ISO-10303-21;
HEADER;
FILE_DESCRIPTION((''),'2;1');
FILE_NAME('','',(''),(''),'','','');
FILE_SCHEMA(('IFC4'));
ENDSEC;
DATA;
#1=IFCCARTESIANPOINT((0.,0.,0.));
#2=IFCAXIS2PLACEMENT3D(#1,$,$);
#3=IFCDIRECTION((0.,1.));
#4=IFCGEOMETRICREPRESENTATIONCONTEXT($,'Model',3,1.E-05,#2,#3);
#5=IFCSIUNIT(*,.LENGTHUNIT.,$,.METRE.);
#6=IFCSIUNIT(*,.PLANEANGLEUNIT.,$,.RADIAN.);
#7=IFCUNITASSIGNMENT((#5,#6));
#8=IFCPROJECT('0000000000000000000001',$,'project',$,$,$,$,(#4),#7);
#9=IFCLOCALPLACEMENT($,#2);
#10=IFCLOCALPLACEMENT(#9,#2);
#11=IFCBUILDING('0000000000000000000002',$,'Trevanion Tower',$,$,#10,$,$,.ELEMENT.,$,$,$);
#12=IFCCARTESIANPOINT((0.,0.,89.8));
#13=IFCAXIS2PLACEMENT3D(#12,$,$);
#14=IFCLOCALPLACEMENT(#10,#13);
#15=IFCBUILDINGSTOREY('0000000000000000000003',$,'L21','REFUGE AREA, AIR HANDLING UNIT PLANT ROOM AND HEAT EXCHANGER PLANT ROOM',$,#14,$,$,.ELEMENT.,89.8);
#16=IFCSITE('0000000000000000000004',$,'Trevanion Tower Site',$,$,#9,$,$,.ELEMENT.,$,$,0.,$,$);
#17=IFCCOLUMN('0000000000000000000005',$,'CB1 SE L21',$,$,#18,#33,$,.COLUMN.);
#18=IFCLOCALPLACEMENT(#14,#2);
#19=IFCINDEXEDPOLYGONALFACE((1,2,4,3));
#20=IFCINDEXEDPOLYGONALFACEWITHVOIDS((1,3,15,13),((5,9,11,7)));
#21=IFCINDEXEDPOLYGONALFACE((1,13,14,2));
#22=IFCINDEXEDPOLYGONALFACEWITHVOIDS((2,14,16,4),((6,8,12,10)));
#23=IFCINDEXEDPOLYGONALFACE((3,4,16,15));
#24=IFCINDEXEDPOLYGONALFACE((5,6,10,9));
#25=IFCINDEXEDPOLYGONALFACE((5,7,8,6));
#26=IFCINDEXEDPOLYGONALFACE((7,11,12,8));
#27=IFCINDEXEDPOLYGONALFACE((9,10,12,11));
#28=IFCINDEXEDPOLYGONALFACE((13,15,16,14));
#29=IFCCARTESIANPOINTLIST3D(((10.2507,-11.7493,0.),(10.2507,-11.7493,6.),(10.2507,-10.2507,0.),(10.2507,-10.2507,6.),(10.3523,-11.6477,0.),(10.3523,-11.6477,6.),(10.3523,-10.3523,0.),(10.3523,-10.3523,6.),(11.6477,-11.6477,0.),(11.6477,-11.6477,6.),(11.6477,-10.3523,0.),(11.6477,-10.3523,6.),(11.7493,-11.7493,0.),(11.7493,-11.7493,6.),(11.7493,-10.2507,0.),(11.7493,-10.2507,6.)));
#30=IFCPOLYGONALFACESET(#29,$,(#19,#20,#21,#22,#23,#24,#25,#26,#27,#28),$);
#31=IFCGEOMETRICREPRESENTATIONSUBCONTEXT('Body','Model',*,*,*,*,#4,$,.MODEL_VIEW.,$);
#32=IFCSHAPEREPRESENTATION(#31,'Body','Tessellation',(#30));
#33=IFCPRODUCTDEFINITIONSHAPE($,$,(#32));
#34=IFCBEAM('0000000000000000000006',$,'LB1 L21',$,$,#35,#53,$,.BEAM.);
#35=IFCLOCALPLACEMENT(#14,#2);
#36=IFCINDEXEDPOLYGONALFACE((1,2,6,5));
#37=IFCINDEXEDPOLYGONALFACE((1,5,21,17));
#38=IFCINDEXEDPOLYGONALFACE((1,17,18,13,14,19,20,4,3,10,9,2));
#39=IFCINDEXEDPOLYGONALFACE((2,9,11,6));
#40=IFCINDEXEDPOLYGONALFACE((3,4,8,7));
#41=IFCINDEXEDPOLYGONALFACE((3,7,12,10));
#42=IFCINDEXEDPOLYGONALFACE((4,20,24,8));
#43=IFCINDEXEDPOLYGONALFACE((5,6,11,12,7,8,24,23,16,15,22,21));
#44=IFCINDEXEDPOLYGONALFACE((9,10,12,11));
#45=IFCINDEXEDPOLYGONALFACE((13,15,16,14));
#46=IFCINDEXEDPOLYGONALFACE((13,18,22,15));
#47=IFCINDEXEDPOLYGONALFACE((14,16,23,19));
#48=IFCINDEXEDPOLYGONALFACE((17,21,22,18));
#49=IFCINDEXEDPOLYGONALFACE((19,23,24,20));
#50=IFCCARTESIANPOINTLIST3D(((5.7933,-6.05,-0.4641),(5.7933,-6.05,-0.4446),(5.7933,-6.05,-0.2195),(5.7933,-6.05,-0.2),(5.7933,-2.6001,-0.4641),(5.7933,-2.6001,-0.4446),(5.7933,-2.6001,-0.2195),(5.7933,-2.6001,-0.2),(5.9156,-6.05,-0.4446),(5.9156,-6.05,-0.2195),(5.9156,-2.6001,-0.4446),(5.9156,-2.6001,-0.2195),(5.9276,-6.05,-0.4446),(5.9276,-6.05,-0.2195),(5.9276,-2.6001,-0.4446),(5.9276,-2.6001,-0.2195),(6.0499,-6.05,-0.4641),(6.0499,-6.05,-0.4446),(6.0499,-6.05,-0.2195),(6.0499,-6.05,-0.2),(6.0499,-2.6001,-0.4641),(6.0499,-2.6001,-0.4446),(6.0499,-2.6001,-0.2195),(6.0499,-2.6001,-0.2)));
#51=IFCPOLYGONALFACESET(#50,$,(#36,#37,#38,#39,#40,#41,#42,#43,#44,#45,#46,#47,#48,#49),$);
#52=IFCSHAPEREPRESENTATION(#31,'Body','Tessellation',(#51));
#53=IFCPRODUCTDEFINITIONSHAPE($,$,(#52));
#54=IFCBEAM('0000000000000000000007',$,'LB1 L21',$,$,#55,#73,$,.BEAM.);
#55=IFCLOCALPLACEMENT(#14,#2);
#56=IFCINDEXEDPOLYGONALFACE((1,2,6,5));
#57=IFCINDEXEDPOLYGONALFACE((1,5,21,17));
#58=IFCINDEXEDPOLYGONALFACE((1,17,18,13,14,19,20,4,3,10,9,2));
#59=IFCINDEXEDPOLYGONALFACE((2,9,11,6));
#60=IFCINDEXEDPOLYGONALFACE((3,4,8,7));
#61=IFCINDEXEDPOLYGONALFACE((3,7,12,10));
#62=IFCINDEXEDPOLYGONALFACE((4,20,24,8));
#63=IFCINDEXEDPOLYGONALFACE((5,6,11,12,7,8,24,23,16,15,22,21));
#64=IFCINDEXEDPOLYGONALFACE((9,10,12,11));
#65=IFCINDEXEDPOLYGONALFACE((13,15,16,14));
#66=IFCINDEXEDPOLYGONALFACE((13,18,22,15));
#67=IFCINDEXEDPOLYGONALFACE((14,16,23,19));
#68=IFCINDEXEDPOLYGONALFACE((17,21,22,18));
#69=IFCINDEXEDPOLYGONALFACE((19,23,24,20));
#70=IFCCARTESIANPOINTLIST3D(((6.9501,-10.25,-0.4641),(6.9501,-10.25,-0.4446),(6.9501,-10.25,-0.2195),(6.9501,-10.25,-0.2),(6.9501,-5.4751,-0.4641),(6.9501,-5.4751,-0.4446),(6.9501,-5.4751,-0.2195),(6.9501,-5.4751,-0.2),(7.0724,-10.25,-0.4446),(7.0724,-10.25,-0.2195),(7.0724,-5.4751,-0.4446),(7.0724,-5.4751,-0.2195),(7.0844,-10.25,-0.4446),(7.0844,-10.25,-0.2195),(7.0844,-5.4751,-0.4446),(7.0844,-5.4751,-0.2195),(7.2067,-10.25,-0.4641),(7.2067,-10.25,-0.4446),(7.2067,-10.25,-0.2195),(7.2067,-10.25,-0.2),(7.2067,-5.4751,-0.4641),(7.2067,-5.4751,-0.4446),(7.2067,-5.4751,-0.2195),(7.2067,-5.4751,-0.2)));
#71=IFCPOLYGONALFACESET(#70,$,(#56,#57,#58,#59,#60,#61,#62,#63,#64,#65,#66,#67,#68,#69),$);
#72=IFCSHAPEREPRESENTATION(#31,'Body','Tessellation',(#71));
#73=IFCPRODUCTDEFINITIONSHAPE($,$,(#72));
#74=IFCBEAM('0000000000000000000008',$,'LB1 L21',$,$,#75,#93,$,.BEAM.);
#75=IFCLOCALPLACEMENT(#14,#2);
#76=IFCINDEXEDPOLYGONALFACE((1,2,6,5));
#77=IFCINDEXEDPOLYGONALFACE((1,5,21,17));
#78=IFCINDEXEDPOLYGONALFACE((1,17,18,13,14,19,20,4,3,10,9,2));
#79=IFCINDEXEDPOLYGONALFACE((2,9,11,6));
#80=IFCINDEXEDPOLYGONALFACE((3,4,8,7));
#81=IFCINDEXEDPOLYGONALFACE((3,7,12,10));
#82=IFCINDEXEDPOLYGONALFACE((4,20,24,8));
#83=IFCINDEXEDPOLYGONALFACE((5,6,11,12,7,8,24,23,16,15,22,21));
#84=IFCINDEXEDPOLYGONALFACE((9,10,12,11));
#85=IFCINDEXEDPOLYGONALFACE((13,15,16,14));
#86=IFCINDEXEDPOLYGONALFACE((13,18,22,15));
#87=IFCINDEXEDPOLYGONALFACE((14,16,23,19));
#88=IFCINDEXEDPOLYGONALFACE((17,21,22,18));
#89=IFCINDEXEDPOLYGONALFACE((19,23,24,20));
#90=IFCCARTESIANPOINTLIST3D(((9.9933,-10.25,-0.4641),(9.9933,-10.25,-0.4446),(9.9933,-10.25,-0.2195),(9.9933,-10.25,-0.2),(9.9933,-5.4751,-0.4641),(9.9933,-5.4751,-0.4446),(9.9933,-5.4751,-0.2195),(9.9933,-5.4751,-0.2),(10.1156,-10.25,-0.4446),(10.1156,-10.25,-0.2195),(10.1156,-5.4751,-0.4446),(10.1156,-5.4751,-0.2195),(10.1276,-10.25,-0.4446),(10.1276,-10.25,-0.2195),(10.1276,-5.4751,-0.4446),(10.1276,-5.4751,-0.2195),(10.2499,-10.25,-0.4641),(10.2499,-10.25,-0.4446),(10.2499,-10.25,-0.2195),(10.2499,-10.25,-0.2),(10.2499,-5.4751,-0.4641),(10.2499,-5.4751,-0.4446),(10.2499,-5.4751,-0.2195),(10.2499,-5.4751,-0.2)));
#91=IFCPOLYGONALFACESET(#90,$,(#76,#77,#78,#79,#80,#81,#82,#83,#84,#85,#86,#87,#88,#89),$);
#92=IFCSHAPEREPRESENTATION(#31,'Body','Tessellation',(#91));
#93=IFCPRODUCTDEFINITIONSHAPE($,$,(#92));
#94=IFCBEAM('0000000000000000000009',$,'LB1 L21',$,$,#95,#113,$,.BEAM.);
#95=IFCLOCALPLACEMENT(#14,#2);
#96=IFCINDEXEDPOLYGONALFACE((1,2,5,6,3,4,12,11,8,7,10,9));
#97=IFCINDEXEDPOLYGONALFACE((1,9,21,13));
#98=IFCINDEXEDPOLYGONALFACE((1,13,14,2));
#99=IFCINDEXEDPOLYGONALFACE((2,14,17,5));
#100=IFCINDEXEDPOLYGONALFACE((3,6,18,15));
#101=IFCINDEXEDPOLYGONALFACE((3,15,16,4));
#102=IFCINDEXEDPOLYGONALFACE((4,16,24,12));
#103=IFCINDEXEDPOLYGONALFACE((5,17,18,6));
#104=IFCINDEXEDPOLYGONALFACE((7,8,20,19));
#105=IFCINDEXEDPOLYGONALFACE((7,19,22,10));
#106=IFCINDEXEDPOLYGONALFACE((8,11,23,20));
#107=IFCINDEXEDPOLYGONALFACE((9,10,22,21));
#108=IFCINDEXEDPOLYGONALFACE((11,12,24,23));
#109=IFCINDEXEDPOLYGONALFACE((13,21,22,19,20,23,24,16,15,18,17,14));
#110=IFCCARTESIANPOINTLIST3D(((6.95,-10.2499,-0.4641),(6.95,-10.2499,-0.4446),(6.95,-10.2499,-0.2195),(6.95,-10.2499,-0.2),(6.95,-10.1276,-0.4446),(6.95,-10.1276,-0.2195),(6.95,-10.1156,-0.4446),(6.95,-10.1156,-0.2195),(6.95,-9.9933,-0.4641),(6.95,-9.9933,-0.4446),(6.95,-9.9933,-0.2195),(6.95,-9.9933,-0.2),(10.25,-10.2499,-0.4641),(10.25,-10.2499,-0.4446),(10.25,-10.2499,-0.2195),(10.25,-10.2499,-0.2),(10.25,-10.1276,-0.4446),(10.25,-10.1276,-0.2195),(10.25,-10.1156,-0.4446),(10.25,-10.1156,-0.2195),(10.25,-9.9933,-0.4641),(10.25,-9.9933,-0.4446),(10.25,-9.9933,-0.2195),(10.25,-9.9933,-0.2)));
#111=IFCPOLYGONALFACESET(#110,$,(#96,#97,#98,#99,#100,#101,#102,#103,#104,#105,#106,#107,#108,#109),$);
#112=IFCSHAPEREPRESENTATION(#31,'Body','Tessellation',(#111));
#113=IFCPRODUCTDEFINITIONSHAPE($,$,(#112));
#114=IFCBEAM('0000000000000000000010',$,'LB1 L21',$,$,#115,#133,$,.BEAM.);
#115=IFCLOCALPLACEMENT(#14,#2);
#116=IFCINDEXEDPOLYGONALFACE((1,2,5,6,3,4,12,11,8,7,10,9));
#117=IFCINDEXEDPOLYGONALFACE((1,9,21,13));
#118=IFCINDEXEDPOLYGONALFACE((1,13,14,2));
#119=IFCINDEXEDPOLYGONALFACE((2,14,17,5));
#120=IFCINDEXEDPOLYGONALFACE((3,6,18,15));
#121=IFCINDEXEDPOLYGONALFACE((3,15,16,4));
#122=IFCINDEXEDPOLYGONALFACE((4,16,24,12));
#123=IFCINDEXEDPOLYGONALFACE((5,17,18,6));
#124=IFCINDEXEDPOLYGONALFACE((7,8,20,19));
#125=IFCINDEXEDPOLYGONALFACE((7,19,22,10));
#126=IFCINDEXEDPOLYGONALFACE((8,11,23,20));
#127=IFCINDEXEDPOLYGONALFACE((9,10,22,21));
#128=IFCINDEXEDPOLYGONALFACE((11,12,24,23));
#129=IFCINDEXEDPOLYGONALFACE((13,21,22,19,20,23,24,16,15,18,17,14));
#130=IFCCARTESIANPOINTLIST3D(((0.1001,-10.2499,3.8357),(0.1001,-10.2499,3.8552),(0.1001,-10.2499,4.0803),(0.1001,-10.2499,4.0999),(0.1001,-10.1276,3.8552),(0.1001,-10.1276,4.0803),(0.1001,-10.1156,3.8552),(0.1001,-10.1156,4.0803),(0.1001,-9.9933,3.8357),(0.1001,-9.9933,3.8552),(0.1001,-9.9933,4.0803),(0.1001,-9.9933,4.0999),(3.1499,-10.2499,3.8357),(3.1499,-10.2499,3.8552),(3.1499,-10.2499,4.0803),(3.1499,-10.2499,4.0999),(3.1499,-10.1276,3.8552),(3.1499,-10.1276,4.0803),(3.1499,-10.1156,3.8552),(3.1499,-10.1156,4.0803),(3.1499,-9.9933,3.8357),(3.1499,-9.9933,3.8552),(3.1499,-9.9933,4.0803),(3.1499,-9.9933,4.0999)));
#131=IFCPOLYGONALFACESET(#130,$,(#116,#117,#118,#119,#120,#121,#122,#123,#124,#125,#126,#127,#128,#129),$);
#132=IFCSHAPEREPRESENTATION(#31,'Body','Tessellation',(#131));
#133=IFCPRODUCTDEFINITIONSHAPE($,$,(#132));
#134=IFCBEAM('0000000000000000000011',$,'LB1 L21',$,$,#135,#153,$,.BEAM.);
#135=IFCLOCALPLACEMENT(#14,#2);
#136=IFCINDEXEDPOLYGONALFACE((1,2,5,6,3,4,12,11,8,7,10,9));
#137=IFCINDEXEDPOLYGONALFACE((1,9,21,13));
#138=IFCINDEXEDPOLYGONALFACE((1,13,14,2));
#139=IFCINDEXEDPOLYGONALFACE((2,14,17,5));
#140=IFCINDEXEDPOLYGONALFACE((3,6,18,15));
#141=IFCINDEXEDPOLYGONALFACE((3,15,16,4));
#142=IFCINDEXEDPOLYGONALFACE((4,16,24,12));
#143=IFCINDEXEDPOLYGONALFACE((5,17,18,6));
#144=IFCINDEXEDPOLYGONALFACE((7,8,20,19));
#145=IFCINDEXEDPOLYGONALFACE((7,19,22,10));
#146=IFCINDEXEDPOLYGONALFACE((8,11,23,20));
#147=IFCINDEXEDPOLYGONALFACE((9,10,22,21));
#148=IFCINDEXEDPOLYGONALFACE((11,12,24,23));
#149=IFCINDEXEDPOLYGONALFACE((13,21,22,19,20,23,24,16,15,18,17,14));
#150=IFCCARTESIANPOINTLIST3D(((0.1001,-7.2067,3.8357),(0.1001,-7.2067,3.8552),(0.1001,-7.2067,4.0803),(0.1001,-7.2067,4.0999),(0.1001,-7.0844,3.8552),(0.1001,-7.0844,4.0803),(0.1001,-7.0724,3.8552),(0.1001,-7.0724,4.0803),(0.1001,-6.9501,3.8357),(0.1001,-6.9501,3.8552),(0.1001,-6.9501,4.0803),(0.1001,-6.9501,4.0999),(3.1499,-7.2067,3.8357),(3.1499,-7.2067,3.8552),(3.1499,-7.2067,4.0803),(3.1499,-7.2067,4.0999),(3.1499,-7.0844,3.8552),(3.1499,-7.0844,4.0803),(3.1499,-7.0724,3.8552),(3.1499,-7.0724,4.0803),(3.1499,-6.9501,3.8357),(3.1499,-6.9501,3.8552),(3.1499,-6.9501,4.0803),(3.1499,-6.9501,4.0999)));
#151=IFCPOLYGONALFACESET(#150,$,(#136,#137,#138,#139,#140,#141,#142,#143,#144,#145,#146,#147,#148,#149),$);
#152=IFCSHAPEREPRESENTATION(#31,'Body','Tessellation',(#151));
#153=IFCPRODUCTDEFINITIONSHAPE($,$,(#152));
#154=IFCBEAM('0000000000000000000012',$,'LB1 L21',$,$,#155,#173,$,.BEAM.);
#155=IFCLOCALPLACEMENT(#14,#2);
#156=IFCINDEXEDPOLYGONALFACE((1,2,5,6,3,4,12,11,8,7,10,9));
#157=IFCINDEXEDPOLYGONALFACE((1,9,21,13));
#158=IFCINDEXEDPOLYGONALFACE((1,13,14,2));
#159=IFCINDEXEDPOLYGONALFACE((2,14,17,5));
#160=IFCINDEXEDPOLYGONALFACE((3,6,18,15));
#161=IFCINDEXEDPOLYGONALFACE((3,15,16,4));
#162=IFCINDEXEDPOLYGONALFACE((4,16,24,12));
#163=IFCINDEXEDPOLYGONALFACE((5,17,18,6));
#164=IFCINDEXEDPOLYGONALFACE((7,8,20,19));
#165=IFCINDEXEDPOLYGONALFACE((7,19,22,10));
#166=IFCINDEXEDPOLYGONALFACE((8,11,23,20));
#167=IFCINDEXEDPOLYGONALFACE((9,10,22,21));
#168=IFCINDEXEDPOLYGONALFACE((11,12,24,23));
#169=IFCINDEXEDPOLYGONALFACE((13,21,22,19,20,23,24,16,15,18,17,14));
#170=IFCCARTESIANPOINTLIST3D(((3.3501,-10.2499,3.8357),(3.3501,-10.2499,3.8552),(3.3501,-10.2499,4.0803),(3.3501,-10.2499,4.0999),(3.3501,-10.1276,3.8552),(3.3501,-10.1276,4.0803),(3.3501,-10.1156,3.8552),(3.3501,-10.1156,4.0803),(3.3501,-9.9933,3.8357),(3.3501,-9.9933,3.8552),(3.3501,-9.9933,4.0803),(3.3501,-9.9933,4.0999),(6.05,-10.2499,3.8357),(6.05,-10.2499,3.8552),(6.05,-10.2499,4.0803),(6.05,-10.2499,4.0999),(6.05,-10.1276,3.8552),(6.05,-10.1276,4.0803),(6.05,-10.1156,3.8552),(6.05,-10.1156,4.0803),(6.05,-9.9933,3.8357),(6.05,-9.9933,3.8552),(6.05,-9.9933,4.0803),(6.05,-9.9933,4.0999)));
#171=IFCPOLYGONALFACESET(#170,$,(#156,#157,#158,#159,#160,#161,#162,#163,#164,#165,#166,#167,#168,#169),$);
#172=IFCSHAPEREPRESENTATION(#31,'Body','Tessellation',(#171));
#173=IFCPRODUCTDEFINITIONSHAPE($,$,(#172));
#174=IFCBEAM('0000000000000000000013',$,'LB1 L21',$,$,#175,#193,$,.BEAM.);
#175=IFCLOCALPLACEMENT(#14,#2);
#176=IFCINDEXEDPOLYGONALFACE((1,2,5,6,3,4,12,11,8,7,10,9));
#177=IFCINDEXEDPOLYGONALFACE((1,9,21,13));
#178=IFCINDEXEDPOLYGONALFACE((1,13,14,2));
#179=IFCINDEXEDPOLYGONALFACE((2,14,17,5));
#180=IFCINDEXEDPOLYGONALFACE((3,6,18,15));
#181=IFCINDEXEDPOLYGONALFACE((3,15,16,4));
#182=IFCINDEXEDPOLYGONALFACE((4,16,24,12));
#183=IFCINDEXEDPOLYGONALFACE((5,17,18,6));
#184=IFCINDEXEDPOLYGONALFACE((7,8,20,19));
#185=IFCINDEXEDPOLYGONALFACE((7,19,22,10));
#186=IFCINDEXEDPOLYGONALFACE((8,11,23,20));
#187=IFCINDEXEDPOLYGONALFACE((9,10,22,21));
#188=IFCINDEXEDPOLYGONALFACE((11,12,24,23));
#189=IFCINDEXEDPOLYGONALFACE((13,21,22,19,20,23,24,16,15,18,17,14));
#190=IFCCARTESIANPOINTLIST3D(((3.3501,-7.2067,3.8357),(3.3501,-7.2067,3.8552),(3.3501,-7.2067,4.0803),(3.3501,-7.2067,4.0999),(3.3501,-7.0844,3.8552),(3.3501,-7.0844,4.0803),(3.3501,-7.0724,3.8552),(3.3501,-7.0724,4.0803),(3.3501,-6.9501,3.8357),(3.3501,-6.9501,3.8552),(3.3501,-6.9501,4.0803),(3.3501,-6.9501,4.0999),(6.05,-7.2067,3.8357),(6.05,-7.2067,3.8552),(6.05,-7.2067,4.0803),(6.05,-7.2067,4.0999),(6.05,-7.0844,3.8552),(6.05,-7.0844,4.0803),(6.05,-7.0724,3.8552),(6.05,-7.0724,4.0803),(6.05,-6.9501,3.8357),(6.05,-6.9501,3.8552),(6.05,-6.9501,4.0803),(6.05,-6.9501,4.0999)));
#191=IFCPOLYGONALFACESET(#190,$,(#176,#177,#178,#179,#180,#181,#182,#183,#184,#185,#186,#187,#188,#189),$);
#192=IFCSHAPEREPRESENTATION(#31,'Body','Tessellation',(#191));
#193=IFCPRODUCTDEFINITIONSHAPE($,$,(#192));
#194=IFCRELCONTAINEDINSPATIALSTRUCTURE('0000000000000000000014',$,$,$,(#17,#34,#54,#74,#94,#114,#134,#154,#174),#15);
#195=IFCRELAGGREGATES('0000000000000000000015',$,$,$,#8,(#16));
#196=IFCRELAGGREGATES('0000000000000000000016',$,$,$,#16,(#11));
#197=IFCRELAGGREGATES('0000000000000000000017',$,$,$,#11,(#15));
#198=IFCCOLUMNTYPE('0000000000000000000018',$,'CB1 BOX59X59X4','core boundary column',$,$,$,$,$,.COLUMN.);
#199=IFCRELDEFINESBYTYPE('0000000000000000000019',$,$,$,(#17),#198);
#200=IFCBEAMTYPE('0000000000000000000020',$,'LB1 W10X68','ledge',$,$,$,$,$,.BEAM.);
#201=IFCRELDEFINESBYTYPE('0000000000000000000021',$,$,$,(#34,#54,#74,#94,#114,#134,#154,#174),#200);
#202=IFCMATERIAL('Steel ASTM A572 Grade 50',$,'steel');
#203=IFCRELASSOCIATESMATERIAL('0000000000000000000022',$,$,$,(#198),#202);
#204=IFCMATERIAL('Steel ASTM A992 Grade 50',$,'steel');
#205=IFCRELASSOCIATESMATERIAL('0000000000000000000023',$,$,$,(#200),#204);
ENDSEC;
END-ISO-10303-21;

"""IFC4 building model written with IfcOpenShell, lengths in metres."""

from ifc_helpers import new_model, si_unit, direction, frame, origin, origin_2d, place, context, subcontext, project, spatial, hollow_rectangle, i_section, extrude, material, material_profile, profile_set, type_object, element, save


model = new_model("IFC4")

# Units and contexts
model_context = context("Model", 3, precision=1e-05, world=origin(), true_north=direction((0.0, 1.0)))
body_context = subcontext(model_context, "Body", "Model", "MODEL_VIEW")
ifc_project = project(units=[si_unit("LENGTHUNIT", "METRE"), si_unit("PLANEANGLEUNIT", "RADIAN")], contexts=[model_context])

# Site, building, storey
site_placement = place(None, origin())
site = spatial("IfcSite", under=ifc_project, at=site_placement, Name="Trevanion Tower Site", CompositionType="ELEMENT", RefElevation=0.0)
building_placement = place(site_placement, origin())
building = spatial("IfcBuilding", under=site, at=building_placement, Name="Trevanion Tower", CompositionType="ELEMENT")
storey_placement = place(building_placement, frame((0.0, 0.0, 89.8)))
storey = spatial("IfcBuildingStorey", under=building, at=storey_placement, Name="L21", Description="REFUGE AREA, AIR HANDLING UNIT PLANT ROOM AND HEAT EXCHANGER PLANT ROOM", CompositionType="ELEMENT", Elevation=89.8)

# Column
ifc_material_1 = material(Name="Steel ASTM A572 Grade 50", Category="steel")
ifc_material_profile_1 = material_profile(ifc_material_1, hollow_rectangle(XDim=1.4985, YDim=1.4985, WallThickness=0.1016, at=origin_2d()), Name="BOX59X59X4")
ifc_profile_set_1 = profile_set([ifc_material_profile_1], Name="Steel ASTM A572 Grade 50")
column_type = type_object("IfcColumnType", Name="CB1 BOX59X59X4", Description="core boundary column", PredefinedType="COLUMN", material=ifc_profile_set_1)
column_placement = place(storey_placement, frame((11.0, -11.0, 0.0), z_axis=(0.0, 0.0, 1.0), x_axis=(1.0, 0.0, 0.0)))
element("IfcColumn", 1, at=column_placement, inside=storey, type_object=column_type, Name="CB1 SE L21", PredefinedType="COLUMN", context=body_context, shape_type="SweptSolid", body=[
    extrude(hollow_rectangle(XDim=1.4985, YDim=1.4985, WallThickness=0.1016, at=origin_2d()), origin(), (0.0, 0.0, 1.0), 6.0),
])

# Beams
ifc_material_2 = material(Name="Steel ASTM A992 Grade 50", Category="steel")
ifc_material_profile_2 = material_profile(ifc_material_2, i_section(OverallWidth=0.2566, OverallDepth=0.2642, WebThickness=0.012, FlangeThickness=0.0195, at=origin_2d()), Name="W10X68")
ifc_profile_set_2 = profile_set([ifc_material_profile_2], Name="Steel ASTM A992 Grade 50")
beam_type_1 = type_object("IfcBeamType", Name="LB1 W10X68", Description="ledge", PredefinedType="BEAM", material=ifc_profile_set_2)
beam_1_placement = place(storey_placement, frame((5.9216, -6.05, -0.332), z_axis=(0.0, 1.0, 0.0), x_axis=(-1.0, 0.0, 0.0)))
element("IfcBeam", 2, at=beam_1_placement, inside=storey, type_object=beam_type_1, Name="LB1 L21", PredefinedType="BEAM", context=body_context, shape_type="SweptSolid", body=[
    extrude(i_section(OverallWidth=0.2566, OverallDepth=0.2642, WebThickness=0.012, FlangeThickness=0.0195, at=origin_2d()), origin(), (0.0, 0.0, 1.0), 3.45),
])
for number, where, z_axis, x_axis, name in (
    (3, (7.0784, -10.25, -0.332), (0.0, 1.0, 0.0), (-1.0, 0.0, 0.0), "LB1 L21"),
    (4, (10.1216, -10.25, -0.332), (0.0, 1.0, 0.0), (-1.0, 0.0, 0.0), "LB1 L21"),
):
    element("IfcBeam", number, at=place(storey_placement, frame(where, z_axis=z_axis, x_axis=x_axis)), inside=storey, type_object=beam_type_1, Name=name, PredefinedType="BEAM", context=body_context, shape_type="SweptSolid", body=[
        extrude(i_section(OverallWidth=0.2566, OverallDepth=0.2642, WebThickness=0.012, FlangeThickness=0.0195, at=origin_2d()), origin(), (0.0, 0.0, 1.0), 4.7749),
    ])
beam_2_placement = place(storey_placement, frame((6.95, -10.1216, -0.332), z_axis=(1.0, 0.0, 0.0), x_axis=(0.0, 1.0, 0.0)))
element("IfcBeam", 5, at=beam_2_placement, inside=storey, type_object=beam_type_1, Name="LB1 L21", PredefinedType="BEAM", context=body_context, shape_type="SweptSolid", body=[
    extrude(i_section(OverallWidth=0.2566, OverallDepth=0.2642, WebThickness=0.012, FlangeThickness=0.0195, at=origin_2d()), origin(), (0.0, 0.0, 1.0), 3.3),
])
for number, where, z_axis, x_axis, name in (
    (6, (0.1001, -10.1216, 3.9678), (1.0, 0.0, 0.0), (0.0, 1.0, 0.0), "LB1 L21"),
    (7, (0.1001, -7.0784, 3.9678), (1.0, 0.0, 0.0), (0.0, 1.0, 0.0), "LB1 L21"),
):
    element("IfcBeam", number, at=place(storey_placement, frame(where, z_axis=z_axis, x_axis=x_axis)), inside=storey, type_object=beam_type_1, Name=name, PredefinedType="BEAM", context=body_context, shape_type="SweptSolid", body=[
        extrude(i_section(OverallWidth=0.2566, OverallDepth=0.2642, WebThickness=0.012, FlangeThickness=0.0195, at=origin_2d()), origin(), (0.0, 0.0, 1.0), 3.0498),
    ])
for number, where, z_axis, x_axis, name in (
    (8, (3.3501, -10.1216, 3.9678), (1.0, 0.0, 0.0), (0.0, 1.0, 0.0), "LB1 L21"),
    (9, (3.3501, -7.0784, 3.9678), (1.0, 0.0, 0.0), (0.0, 1.0, 0.0), "LB1 L21"),
):
    element("IfcBeam", number, at=place(storey_placement, frame(where, z_axis=z_axis, x_axis=x_axis)), inside=storey, type_object=beam_type_1, Name=name, PredefinedType="BEAM", context=body_context, shape_type="SweptSolid", body=[
        extrude(i_section(OverallWidth=0.2566, OverallDepth=0.2642, WebThickness=0.012, FlangeThickness=0.0195, at=origin_2d()), origin(), (0.0, 0.0, 1.0), 2.7),
    ])

save(model, "model.ifc")
